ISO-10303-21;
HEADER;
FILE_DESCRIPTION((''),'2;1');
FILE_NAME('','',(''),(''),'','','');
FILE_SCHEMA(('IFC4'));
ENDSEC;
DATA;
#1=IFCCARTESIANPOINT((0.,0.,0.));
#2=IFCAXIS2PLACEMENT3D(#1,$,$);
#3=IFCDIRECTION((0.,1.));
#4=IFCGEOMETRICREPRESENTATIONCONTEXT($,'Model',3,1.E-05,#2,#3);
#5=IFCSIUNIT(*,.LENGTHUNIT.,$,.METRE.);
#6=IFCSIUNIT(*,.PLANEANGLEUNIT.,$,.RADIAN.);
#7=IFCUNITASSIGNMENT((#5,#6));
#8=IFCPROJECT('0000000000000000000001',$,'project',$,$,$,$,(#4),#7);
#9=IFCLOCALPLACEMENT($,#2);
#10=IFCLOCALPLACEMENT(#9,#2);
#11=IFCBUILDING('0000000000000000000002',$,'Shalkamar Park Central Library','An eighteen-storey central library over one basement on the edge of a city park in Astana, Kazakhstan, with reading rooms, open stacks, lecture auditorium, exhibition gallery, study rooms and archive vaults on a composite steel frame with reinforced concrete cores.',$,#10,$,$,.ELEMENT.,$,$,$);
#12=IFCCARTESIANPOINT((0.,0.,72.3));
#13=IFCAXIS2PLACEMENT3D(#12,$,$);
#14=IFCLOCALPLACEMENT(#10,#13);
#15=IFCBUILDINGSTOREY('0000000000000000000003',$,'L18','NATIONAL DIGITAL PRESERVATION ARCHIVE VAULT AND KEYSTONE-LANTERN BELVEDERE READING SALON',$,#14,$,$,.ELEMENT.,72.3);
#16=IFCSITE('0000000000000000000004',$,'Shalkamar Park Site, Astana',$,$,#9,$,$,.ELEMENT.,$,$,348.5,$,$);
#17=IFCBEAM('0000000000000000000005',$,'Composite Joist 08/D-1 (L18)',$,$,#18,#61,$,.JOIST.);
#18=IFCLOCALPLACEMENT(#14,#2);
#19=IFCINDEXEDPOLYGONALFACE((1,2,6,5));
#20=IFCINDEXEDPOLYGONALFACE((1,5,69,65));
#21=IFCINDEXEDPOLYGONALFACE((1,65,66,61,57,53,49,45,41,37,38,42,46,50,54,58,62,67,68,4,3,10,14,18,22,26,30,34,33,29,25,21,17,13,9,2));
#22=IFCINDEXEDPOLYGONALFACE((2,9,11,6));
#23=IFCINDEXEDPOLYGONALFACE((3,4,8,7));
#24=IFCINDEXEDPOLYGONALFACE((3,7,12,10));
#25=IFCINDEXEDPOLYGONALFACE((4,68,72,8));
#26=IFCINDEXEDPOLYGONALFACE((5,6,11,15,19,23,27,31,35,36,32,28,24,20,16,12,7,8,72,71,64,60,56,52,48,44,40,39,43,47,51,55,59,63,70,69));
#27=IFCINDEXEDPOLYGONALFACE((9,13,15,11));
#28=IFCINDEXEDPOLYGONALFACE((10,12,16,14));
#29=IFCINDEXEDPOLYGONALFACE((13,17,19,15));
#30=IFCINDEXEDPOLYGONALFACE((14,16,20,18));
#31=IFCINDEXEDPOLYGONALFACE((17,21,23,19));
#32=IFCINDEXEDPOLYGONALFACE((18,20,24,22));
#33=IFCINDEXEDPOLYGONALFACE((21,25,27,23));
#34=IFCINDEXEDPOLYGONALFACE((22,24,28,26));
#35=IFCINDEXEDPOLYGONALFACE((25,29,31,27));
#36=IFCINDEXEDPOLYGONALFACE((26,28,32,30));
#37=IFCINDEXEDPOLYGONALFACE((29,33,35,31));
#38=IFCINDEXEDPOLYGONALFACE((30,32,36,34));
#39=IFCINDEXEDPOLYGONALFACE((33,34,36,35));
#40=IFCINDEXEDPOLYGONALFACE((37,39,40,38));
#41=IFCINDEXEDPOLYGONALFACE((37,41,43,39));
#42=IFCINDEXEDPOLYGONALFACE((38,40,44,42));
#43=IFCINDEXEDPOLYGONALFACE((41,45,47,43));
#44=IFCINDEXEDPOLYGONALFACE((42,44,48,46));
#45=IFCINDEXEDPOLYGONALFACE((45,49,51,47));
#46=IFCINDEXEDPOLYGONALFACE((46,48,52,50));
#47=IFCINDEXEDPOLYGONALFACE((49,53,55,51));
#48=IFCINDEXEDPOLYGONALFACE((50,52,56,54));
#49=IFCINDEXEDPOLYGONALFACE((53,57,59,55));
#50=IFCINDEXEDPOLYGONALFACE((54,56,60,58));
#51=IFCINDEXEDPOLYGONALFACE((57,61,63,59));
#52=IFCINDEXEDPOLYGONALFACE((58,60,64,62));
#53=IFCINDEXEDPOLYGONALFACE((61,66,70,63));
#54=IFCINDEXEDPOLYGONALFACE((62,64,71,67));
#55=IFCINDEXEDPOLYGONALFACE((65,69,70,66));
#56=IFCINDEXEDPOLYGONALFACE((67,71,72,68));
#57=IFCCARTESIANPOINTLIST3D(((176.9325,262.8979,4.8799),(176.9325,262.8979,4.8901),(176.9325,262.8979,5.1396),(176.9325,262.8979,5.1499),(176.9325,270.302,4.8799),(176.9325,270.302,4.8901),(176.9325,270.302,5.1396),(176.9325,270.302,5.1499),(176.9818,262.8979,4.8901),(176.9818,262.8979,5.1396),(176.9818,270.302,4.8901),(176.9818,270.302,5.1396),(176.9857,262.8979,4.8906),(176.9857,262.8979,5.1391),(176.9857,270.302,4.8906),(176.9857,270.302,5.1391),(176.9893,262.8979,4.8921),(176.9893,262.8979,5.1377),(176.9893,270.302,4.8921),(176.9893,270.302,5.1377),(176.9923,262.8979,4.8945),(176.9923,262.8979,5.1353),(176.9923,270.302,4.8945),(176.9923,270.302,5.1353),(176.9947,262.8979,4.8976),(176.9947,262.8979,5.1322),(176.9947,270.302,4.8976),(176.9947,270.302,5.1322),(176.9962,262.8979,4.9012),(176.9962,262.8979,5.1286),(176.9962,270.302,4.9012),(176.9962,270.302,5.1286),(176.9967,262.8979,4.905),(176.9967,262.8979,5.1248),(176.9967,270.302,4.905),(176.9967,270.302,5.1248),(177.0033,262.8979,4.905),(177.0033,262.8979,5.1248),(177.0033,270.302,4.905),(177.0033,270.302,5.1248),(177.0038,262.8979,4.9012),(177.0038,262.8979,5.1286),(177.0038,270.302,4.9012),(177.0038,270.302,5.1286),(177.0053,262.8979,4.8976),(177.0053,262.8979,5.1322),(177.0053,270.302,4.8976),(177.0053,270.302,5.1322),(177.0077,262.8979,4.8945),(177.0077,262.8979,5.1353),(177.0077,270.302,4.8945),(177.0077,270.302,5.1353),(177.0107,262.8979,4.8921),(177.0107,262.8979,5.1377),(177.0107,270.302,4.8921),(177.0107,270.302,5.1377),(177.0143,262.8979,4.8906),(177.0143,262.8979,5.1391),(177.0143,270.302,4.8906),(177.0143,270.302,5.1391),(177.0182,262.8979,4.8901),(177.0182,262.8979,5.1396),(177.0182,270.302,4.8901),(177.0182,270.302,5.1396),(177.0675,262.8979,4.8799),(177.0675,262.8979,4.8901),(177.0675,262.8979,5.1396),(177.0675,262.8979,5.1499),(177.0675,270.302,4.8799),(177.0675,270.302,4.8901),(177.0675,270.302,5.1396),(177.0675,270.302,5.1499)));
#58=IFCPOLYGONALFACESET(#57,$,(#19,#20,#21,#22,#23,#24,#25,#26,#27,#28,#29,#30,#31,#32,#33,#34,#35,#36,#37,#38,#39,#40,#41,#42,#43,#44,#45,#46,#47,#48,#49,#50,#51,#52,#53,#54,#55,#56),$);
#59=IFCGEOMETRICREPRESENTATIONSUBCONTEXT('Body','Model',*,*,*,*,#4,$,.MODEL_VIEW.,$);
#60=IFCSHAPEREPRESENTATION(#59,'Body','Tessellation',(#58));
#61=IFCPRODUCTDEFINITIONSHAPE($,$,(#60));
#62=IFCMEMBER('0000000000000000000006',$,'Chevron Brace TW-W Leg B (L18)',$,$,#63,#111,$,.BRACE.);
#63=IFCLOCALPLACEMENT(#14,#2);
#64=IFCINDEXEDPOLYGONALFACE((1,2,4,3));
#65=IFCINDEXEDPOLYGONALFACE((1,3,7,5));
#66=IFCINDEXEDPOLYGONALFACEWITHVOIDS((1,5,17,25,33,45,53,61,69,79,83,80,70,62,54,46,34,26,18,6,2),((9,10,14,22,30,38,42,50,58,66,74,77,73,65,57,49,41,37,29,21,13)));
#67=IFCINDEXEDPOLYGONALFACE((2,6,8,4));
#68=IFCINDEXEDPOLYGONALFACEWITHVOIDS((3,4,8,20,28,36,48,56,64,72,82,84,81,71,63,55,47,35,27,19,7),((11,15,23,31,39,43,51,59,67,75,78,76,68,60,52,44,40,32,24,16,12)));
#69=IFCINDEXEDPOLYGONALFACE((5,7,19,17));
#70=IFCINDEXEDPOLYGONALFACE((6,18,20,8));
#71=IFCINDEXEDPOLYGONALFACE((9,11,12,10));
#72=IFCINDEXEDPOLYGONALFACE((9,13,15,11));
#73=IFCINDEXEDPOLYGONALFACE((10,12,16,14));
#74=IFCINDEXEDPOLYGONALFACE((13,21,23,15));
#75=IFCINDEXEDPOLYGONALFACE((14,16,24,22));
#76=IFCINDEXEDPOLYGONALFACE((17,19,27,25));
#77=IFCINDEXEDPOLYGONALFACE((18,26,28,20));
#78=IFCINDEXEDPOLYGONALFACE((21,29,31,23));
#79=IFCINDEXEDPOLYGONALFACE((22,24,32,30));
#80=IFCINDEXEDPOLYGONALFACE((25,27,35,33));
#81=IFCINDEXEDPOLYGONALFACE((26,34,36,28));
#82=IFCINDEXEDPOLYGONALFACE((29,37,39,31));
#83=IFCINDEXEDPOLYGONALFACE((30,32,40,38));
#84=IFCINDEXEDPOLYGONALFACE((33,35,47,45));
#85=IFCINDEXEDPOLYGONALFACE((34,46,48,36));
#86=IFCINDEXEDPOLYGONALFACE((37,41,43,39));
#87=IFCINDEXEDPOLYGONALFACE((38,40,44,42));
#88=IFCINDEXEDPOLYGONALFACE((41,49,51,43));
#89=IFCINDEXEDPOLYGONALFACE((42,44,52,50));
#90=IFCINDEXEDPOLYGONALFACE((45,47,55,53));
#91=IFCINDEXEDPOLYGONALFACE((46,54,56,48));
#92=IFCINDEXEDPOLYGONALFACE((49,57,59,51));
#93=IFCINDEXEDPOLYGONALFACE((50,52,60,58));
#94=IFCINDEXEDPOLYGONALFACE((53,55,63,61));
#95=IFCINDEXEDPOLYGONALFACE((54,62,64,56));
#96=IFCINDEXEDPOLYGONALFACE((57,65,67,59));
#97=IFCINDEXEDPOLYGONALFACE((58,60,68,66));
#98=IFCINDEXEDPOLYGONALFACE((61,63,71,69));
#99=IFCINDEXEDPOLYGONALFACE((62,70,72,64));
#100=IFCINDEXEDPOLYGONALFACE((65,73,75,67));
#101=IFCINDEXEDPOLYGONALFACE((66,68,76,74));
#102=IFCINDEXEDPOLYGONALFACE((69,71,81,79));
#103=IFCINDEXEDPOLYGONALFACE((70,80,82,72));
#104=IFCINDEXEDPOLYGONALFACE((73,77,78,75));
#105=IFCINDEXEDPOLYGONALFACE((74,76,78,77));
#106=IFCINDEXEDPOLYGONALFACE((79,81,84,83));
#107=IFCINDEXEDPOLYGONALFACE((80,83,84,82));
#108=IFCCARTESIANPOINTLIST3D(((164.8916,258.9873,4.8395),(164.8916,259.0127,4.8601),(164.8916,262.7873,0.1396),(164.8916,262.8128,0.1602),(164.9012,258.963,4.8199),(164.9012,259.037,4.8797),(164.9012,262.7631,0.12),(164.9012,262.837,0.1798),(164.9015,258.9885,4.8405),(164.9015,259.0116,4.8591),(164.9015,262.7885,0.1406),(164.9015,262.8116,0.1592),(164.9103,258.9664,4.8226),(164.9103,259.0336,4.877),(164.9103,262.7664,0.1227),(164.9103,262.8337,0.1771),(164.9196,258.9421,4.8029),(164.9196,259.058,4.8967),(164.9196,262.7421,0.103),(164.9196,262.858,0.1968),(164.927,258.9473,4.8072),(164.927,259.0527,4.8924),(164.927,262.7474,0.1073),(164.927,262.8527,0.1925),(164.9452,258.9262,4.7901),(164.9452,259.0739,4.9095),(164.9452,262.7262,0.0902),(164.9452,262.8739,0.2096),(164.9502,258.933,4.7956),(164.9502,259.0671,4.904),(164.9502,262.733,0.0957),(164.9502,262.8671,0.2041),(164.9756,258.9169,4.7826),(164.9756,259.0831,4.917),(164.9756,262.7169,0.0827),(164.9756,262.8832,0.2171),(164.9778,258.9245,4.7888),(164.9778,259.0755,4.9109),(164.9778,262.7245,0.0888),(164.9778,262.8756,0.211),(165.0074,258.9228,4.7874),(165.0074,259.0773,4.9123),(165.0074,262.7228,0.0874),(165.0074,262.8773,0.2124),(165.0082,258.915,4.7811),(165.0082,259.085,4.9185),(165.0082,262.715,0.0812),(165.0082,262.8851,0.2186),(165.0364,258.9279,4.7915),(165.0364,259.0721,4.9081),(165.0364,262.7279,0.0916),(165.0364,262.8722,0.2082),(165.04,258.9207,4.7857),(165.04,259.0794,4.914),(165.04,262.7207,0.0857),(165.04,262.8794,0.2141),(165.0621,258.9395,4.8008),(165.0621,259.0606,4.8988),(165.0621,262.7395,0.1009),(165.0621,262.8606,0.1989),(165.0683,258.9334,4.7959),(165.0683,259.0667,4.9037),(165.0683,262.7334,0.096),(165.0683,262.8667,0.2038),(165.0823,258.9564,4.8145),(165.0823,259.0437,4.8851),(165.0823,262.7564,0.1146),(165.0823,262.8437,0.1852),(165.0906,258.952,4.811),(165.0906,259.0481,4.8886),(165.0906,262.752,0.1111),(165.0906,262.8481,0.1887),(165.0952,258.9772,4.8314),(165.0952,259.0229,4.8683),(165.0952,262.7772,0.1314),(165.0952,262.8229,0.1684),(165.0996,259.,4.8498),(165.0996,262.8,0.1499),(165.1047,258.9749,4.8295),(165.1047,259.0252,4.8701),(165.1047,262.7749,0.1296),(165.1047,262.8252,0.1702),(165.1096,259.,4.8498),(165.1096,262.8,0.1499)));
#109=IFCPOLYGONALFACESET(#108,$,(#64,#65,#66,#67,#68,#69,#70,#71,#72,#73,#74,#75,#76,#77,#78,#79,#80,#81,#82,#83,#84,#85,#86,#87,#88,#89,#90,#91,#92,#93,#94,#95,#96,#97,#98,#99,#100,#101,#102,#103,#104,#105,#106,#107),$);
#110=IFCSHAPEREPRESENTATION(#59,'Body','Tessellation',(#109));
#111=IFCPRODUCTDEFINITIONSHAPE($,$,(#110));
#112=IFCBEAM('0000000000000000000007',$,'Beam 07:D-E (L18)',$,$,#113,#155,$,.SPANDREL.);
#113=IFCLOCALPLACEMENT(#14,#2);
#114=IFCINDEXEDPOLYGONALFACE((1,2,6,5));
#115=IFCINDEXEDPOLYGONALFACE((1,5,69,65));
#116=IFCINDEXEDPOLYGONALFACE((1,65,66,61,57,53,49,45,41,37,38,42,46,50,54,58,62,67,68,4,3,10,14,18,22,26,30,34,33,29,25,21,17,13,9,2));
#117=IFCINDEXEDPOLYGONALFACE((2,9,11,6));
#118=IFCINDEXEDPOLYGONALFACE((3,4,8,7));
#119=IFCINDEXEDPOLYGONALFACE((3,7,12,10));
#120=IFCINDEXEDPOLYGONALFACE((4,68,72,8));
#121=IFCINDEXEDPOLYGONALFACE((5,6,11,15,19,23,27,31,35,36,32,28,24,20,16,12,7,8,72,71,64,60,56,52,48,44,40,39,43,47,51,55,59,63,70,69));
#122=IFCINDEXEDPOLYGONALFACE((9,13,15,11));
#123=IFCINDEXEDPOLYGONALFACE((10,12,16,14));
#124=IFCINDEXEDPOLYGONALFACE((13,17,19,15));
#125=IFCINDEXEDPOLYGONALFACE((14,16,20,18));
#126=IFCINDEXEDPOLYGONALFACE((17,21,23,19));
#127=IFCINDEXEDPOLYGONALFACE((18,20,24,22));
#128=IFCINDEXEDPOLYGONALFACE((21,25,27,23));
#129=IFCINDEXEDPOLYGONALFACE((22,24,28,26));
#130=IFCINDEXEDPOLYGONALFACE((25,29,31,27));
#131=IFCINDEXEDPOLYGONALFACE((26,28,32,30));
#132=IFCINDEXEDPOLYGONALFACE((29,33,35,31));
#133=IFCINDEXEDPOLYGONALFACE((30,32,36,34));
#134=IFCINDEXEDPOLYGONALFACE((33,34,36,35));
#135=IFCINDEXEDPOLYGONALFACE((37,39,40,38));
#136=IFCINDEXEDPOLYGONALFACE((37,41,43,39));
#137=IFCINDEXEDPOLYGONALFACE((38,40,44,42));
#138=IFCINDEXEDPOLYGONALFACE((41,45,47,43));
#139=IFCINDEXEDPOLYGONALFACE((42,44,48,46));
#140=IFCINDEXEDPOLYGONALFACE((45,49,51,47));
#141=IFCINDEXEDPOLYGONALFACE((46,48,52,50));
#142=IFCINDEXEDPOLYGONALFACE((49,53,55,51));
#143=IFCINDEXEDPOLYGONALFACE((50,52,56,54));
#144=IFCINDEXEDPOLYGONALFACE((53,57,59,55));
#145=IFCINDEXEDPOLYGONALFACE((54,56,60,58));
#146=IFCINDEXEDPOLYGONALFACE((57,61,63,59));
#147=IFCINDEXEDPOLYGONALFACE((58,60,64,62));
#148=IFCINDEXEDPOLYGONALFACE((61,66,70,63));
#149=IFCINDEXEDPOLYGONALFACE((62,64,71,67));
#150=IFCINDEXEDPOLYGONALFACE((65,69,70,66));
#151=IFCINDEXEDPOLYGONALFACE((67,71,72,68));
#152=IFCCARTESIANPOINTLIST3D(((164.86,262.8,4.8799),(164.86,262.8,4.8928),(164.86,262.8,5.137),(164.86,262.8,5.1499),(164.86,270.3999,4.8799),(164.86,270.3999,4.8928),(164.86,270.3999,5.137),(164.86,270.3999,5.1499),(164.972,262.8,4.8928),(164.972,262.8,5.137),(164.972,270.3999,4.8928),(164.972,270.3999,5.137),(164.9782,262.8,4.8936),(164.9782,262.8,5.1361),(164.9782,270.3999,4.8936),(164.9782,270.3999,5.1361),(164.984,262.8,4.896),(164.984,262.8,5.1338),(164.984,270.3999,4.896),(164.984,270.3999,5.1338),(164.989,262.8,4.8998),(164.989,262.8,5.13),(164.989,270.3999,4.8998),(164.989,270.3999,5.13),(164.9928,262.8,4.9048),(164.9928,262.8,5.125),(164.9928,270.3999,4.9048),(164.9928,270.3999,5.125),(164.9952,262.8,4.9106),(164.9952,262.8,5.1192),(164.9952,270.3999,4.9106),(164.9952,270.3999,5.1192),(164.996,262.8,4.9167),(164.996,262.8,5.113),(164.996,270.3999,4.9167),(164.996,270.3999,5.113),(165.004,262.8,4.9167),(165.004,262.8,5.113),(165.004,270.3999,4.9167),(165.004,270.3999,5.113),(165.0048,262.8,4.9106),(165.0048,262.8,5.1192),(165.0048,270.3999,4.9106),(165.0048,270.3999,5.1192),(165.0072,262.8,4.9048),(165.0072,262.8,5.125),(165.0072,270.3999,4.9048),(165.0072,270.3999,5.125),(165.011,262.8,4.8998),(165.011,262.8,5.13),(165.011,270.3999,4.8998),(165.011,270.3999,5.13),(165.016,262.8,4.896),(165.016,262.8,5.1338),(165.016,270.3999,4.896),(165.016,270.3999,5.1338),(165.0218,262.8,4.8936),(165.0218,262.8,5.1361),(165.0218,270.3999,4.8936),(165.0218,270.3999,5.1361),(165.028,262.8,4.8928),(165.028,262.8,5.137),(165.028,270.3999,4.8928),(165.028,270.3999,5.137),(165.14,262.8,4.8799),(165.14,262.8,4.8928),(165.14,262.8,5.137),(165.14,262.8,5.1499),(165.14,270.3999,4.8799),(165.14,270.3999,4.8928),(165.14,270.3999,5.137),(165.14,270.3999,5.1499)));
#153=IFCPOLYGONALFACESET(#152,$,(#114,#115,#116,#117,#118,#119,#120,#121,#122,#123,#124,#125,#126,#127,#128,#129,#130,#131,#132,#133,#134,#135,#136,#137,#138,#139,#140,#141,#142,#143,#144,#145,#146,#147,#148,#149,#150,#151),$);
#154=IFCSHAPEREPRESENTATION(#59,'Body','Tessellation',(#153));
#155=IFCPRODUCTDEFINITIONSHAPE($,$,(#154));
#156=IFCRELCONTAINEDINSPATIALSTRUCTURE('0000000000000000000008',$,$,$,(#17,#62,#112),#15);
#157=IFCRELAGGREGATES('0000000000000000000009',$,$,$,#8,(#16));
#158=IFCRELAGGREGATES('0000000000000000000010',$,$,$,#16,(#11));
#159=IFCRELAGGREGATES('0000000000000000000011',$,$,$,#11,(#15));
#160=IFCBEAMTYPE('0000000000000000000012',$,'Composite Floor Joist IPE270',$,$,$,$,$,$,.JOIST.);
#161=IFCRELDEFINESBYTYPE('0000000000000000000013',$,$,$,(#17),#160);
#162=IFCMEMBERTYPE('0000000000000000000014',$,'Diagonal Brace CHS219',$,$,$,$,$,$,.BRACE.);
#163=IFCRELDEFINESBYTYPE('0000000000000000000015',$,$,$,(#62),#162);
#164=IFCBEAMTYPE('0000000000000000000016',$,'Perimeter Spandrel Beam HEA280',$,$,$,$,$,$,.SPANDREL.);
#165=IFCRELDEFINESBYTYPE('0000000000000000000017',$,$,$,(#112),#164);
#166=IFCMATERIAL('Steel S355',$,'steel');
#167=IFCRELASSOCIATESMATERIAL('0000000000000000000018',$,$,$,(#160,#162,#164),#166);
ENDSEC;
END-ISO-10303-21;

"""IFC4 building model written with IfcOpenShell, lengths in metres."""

from ifc_helpers import new_model, si_unit, direction, frame, origin, origin_2d, place, context, subcontext, project, spatial, hollow_circle, i_section, extrude, material, material_profile, profile_set, type_object, element, save


model = new_model("IFC4")

# Units and contexts
model_context = context("Model", 3, precision=1e-05, world=origin(), true_north=direction((0.0, 1.0)))
body_context = subcontext(model_context, "Body", "Model", "MODEL_VIEW")
ifc_project = project(units=[si_unit("LENGTHUNIT", "METRE"), si_unit("PLANEANGLEUNIT", "RADIAN")], contexts=[model_context])

# Site, building, storey
site_placement = place(None, origin())
site = spatial("IfcSite", under=ifc_project, at=site_placement, Name="Shalkamar Park Site, Astana", CompositionType="ELEMENT", RefElevation=348.5)
building_placement = place(site_placement, origin())
building = spatial("IfcBuilding", under=site, at=building_placement, Name="Shalkamar Park Central Library", Description="An eighteen-storey central library over one basement on the edge of a city park in Astana, Kazakhstan, with reading rooms, open stacks, lecture auditorium, exhibition gallery, study rooms and archive vaults on a composite steel frame with reinforced concrete cores.", CompositionType="ELEMENT")
storey_placement = place(building_placement, frame((0.0, 0.0, 72.3)))
storey = spatial("IfcBuildingStorey", under=building, at=storey_placement, Name="L18", Description="NATIONAL DIGITAL PRESERVATION ARCHIVE VAULT AND KEYSTONE-LANTERN BELVEDERE READING SALON", CompositionType="ELEMENT", Elevation=72.3)

# Shared definitions
ifc_material_1 = material(Name="Steel S355", Category="steel")

# Beam
ifc_material_profile_1 = material_profile(ifc_material_1, i_section(OverallWidth=0.135, OverallDepth=0.27, WebThickness=0.0066, FlangeThickness=0.0103, FilletRadius=0.0149, at=origin_2d()), Name="IPE 270")
ifc_profile_set_1 = profile_set([ifc_material_profile_1], Name="Steel S355")
beam_type_1 = type_object("IfcBeamType", Name="Composite Floor Joist IPE270", PredefinedType="JOIST", material=ifc_profile_set_1)
beam_1_placement = place(storey_placement, frame((177.0, 262.8979, 5.0149), z_axis=(0.0, 1.0, 0.0), x_axis=(-1.0, 0.0, 0.0)))
element("IfcBeam", 1, at=beam_1_placement, inside=storey, type_object=beam_type_1, Name="Composite Joist 08/D-1 (L18)", PredefinedType="JOIST", context=body_context, shape_type="SweptSolid", body=[
    extrude(i_section(OverallWidth=0.135, OverallDepth=0.27, WebThickness=0.0066, FlangeThickness=0.0103, FilletRadius=0.0149, at=origin_2d()), origin(), (0.0, 0.0, 1.0), 7.4041),
])

# Member
ifc_material_profile_2 = material_profile(ifc_material_1, hollow_circle(Radius=0.1096, WallThickness=0.01, at=origin_2d()), Name="CHS 219.1x10")
ifc_profile_set_2 = profile_set([ifc_material_profile_2], Name="Steel S355")
member_type = type_object("IfcMemberType", Name="Diagonal Brace CHS219", PredefinedType="BRACE", material=ifc_profile_set_2)
member_placement = place(storey_placement, frame((165.0, 262.8, 0.1499), z_axis=(0.0, -0.628731, 0.777623), x_axis=(1.0, 0.0, 0.0)))
element("IfcMember", 2, at=member_placement, inside=storey, type_object=member_type, Name="Chevron Brace TW-W Leg B (L18)", PredefinedType="BRACE", context=body_context, shape_type="SweptSolid", body=[
    extrude(hollow_circle(Radius=0.1096, WallThickness=0.01, at=origin_2d()), origin(), (0.0, 0.0, 1.0), 6.0439),
])

# Beam
ifc_material_profile_3 = material_profile(ifc_material_1, i_section(OverallWidth=0.28, OverallDepth=0.27, WebThickness=0.0081, FlangeThickness=0.0129, FilletRadius=0.0239, at=origin_2d()), Name="HEA 280")
ifc_profile_set_3 = profile_set([ifc_material_profile_3], Name="Steel S355")
beam_type_2 = type_object("IfcBeamType", Name="Perimeter Spandrel Beam HEA280", PredefinedType="SPANDREL", material=ifc_profile_set_3)
beam_2_placement = place(storey_placement, frame((165.0, 262.8, 5.0149), z_axis=(0.0, 1.0, 0.0), x_axis=(-1.0, 0.0, 0.0)))
element("IfcBeam", 3, at=beam_2_placement, inside=storey, type_object=beam_type_2, Name="Beam 07:D-E (L18)", PredefinedType="SPANDREL", context=body_context, shape_type="SweptSolid", body=[
    extrude(i_section(OverallWidth=0.28, OverallDepth=0.27, WebThickness=0.0081, FlangeThickness=0.0129, FilletRadius=0.0239, at=origin_2d()), origin(), (0.0, 0.0, 1.0), 7.5999),
])

save(model, "model.ifc")
